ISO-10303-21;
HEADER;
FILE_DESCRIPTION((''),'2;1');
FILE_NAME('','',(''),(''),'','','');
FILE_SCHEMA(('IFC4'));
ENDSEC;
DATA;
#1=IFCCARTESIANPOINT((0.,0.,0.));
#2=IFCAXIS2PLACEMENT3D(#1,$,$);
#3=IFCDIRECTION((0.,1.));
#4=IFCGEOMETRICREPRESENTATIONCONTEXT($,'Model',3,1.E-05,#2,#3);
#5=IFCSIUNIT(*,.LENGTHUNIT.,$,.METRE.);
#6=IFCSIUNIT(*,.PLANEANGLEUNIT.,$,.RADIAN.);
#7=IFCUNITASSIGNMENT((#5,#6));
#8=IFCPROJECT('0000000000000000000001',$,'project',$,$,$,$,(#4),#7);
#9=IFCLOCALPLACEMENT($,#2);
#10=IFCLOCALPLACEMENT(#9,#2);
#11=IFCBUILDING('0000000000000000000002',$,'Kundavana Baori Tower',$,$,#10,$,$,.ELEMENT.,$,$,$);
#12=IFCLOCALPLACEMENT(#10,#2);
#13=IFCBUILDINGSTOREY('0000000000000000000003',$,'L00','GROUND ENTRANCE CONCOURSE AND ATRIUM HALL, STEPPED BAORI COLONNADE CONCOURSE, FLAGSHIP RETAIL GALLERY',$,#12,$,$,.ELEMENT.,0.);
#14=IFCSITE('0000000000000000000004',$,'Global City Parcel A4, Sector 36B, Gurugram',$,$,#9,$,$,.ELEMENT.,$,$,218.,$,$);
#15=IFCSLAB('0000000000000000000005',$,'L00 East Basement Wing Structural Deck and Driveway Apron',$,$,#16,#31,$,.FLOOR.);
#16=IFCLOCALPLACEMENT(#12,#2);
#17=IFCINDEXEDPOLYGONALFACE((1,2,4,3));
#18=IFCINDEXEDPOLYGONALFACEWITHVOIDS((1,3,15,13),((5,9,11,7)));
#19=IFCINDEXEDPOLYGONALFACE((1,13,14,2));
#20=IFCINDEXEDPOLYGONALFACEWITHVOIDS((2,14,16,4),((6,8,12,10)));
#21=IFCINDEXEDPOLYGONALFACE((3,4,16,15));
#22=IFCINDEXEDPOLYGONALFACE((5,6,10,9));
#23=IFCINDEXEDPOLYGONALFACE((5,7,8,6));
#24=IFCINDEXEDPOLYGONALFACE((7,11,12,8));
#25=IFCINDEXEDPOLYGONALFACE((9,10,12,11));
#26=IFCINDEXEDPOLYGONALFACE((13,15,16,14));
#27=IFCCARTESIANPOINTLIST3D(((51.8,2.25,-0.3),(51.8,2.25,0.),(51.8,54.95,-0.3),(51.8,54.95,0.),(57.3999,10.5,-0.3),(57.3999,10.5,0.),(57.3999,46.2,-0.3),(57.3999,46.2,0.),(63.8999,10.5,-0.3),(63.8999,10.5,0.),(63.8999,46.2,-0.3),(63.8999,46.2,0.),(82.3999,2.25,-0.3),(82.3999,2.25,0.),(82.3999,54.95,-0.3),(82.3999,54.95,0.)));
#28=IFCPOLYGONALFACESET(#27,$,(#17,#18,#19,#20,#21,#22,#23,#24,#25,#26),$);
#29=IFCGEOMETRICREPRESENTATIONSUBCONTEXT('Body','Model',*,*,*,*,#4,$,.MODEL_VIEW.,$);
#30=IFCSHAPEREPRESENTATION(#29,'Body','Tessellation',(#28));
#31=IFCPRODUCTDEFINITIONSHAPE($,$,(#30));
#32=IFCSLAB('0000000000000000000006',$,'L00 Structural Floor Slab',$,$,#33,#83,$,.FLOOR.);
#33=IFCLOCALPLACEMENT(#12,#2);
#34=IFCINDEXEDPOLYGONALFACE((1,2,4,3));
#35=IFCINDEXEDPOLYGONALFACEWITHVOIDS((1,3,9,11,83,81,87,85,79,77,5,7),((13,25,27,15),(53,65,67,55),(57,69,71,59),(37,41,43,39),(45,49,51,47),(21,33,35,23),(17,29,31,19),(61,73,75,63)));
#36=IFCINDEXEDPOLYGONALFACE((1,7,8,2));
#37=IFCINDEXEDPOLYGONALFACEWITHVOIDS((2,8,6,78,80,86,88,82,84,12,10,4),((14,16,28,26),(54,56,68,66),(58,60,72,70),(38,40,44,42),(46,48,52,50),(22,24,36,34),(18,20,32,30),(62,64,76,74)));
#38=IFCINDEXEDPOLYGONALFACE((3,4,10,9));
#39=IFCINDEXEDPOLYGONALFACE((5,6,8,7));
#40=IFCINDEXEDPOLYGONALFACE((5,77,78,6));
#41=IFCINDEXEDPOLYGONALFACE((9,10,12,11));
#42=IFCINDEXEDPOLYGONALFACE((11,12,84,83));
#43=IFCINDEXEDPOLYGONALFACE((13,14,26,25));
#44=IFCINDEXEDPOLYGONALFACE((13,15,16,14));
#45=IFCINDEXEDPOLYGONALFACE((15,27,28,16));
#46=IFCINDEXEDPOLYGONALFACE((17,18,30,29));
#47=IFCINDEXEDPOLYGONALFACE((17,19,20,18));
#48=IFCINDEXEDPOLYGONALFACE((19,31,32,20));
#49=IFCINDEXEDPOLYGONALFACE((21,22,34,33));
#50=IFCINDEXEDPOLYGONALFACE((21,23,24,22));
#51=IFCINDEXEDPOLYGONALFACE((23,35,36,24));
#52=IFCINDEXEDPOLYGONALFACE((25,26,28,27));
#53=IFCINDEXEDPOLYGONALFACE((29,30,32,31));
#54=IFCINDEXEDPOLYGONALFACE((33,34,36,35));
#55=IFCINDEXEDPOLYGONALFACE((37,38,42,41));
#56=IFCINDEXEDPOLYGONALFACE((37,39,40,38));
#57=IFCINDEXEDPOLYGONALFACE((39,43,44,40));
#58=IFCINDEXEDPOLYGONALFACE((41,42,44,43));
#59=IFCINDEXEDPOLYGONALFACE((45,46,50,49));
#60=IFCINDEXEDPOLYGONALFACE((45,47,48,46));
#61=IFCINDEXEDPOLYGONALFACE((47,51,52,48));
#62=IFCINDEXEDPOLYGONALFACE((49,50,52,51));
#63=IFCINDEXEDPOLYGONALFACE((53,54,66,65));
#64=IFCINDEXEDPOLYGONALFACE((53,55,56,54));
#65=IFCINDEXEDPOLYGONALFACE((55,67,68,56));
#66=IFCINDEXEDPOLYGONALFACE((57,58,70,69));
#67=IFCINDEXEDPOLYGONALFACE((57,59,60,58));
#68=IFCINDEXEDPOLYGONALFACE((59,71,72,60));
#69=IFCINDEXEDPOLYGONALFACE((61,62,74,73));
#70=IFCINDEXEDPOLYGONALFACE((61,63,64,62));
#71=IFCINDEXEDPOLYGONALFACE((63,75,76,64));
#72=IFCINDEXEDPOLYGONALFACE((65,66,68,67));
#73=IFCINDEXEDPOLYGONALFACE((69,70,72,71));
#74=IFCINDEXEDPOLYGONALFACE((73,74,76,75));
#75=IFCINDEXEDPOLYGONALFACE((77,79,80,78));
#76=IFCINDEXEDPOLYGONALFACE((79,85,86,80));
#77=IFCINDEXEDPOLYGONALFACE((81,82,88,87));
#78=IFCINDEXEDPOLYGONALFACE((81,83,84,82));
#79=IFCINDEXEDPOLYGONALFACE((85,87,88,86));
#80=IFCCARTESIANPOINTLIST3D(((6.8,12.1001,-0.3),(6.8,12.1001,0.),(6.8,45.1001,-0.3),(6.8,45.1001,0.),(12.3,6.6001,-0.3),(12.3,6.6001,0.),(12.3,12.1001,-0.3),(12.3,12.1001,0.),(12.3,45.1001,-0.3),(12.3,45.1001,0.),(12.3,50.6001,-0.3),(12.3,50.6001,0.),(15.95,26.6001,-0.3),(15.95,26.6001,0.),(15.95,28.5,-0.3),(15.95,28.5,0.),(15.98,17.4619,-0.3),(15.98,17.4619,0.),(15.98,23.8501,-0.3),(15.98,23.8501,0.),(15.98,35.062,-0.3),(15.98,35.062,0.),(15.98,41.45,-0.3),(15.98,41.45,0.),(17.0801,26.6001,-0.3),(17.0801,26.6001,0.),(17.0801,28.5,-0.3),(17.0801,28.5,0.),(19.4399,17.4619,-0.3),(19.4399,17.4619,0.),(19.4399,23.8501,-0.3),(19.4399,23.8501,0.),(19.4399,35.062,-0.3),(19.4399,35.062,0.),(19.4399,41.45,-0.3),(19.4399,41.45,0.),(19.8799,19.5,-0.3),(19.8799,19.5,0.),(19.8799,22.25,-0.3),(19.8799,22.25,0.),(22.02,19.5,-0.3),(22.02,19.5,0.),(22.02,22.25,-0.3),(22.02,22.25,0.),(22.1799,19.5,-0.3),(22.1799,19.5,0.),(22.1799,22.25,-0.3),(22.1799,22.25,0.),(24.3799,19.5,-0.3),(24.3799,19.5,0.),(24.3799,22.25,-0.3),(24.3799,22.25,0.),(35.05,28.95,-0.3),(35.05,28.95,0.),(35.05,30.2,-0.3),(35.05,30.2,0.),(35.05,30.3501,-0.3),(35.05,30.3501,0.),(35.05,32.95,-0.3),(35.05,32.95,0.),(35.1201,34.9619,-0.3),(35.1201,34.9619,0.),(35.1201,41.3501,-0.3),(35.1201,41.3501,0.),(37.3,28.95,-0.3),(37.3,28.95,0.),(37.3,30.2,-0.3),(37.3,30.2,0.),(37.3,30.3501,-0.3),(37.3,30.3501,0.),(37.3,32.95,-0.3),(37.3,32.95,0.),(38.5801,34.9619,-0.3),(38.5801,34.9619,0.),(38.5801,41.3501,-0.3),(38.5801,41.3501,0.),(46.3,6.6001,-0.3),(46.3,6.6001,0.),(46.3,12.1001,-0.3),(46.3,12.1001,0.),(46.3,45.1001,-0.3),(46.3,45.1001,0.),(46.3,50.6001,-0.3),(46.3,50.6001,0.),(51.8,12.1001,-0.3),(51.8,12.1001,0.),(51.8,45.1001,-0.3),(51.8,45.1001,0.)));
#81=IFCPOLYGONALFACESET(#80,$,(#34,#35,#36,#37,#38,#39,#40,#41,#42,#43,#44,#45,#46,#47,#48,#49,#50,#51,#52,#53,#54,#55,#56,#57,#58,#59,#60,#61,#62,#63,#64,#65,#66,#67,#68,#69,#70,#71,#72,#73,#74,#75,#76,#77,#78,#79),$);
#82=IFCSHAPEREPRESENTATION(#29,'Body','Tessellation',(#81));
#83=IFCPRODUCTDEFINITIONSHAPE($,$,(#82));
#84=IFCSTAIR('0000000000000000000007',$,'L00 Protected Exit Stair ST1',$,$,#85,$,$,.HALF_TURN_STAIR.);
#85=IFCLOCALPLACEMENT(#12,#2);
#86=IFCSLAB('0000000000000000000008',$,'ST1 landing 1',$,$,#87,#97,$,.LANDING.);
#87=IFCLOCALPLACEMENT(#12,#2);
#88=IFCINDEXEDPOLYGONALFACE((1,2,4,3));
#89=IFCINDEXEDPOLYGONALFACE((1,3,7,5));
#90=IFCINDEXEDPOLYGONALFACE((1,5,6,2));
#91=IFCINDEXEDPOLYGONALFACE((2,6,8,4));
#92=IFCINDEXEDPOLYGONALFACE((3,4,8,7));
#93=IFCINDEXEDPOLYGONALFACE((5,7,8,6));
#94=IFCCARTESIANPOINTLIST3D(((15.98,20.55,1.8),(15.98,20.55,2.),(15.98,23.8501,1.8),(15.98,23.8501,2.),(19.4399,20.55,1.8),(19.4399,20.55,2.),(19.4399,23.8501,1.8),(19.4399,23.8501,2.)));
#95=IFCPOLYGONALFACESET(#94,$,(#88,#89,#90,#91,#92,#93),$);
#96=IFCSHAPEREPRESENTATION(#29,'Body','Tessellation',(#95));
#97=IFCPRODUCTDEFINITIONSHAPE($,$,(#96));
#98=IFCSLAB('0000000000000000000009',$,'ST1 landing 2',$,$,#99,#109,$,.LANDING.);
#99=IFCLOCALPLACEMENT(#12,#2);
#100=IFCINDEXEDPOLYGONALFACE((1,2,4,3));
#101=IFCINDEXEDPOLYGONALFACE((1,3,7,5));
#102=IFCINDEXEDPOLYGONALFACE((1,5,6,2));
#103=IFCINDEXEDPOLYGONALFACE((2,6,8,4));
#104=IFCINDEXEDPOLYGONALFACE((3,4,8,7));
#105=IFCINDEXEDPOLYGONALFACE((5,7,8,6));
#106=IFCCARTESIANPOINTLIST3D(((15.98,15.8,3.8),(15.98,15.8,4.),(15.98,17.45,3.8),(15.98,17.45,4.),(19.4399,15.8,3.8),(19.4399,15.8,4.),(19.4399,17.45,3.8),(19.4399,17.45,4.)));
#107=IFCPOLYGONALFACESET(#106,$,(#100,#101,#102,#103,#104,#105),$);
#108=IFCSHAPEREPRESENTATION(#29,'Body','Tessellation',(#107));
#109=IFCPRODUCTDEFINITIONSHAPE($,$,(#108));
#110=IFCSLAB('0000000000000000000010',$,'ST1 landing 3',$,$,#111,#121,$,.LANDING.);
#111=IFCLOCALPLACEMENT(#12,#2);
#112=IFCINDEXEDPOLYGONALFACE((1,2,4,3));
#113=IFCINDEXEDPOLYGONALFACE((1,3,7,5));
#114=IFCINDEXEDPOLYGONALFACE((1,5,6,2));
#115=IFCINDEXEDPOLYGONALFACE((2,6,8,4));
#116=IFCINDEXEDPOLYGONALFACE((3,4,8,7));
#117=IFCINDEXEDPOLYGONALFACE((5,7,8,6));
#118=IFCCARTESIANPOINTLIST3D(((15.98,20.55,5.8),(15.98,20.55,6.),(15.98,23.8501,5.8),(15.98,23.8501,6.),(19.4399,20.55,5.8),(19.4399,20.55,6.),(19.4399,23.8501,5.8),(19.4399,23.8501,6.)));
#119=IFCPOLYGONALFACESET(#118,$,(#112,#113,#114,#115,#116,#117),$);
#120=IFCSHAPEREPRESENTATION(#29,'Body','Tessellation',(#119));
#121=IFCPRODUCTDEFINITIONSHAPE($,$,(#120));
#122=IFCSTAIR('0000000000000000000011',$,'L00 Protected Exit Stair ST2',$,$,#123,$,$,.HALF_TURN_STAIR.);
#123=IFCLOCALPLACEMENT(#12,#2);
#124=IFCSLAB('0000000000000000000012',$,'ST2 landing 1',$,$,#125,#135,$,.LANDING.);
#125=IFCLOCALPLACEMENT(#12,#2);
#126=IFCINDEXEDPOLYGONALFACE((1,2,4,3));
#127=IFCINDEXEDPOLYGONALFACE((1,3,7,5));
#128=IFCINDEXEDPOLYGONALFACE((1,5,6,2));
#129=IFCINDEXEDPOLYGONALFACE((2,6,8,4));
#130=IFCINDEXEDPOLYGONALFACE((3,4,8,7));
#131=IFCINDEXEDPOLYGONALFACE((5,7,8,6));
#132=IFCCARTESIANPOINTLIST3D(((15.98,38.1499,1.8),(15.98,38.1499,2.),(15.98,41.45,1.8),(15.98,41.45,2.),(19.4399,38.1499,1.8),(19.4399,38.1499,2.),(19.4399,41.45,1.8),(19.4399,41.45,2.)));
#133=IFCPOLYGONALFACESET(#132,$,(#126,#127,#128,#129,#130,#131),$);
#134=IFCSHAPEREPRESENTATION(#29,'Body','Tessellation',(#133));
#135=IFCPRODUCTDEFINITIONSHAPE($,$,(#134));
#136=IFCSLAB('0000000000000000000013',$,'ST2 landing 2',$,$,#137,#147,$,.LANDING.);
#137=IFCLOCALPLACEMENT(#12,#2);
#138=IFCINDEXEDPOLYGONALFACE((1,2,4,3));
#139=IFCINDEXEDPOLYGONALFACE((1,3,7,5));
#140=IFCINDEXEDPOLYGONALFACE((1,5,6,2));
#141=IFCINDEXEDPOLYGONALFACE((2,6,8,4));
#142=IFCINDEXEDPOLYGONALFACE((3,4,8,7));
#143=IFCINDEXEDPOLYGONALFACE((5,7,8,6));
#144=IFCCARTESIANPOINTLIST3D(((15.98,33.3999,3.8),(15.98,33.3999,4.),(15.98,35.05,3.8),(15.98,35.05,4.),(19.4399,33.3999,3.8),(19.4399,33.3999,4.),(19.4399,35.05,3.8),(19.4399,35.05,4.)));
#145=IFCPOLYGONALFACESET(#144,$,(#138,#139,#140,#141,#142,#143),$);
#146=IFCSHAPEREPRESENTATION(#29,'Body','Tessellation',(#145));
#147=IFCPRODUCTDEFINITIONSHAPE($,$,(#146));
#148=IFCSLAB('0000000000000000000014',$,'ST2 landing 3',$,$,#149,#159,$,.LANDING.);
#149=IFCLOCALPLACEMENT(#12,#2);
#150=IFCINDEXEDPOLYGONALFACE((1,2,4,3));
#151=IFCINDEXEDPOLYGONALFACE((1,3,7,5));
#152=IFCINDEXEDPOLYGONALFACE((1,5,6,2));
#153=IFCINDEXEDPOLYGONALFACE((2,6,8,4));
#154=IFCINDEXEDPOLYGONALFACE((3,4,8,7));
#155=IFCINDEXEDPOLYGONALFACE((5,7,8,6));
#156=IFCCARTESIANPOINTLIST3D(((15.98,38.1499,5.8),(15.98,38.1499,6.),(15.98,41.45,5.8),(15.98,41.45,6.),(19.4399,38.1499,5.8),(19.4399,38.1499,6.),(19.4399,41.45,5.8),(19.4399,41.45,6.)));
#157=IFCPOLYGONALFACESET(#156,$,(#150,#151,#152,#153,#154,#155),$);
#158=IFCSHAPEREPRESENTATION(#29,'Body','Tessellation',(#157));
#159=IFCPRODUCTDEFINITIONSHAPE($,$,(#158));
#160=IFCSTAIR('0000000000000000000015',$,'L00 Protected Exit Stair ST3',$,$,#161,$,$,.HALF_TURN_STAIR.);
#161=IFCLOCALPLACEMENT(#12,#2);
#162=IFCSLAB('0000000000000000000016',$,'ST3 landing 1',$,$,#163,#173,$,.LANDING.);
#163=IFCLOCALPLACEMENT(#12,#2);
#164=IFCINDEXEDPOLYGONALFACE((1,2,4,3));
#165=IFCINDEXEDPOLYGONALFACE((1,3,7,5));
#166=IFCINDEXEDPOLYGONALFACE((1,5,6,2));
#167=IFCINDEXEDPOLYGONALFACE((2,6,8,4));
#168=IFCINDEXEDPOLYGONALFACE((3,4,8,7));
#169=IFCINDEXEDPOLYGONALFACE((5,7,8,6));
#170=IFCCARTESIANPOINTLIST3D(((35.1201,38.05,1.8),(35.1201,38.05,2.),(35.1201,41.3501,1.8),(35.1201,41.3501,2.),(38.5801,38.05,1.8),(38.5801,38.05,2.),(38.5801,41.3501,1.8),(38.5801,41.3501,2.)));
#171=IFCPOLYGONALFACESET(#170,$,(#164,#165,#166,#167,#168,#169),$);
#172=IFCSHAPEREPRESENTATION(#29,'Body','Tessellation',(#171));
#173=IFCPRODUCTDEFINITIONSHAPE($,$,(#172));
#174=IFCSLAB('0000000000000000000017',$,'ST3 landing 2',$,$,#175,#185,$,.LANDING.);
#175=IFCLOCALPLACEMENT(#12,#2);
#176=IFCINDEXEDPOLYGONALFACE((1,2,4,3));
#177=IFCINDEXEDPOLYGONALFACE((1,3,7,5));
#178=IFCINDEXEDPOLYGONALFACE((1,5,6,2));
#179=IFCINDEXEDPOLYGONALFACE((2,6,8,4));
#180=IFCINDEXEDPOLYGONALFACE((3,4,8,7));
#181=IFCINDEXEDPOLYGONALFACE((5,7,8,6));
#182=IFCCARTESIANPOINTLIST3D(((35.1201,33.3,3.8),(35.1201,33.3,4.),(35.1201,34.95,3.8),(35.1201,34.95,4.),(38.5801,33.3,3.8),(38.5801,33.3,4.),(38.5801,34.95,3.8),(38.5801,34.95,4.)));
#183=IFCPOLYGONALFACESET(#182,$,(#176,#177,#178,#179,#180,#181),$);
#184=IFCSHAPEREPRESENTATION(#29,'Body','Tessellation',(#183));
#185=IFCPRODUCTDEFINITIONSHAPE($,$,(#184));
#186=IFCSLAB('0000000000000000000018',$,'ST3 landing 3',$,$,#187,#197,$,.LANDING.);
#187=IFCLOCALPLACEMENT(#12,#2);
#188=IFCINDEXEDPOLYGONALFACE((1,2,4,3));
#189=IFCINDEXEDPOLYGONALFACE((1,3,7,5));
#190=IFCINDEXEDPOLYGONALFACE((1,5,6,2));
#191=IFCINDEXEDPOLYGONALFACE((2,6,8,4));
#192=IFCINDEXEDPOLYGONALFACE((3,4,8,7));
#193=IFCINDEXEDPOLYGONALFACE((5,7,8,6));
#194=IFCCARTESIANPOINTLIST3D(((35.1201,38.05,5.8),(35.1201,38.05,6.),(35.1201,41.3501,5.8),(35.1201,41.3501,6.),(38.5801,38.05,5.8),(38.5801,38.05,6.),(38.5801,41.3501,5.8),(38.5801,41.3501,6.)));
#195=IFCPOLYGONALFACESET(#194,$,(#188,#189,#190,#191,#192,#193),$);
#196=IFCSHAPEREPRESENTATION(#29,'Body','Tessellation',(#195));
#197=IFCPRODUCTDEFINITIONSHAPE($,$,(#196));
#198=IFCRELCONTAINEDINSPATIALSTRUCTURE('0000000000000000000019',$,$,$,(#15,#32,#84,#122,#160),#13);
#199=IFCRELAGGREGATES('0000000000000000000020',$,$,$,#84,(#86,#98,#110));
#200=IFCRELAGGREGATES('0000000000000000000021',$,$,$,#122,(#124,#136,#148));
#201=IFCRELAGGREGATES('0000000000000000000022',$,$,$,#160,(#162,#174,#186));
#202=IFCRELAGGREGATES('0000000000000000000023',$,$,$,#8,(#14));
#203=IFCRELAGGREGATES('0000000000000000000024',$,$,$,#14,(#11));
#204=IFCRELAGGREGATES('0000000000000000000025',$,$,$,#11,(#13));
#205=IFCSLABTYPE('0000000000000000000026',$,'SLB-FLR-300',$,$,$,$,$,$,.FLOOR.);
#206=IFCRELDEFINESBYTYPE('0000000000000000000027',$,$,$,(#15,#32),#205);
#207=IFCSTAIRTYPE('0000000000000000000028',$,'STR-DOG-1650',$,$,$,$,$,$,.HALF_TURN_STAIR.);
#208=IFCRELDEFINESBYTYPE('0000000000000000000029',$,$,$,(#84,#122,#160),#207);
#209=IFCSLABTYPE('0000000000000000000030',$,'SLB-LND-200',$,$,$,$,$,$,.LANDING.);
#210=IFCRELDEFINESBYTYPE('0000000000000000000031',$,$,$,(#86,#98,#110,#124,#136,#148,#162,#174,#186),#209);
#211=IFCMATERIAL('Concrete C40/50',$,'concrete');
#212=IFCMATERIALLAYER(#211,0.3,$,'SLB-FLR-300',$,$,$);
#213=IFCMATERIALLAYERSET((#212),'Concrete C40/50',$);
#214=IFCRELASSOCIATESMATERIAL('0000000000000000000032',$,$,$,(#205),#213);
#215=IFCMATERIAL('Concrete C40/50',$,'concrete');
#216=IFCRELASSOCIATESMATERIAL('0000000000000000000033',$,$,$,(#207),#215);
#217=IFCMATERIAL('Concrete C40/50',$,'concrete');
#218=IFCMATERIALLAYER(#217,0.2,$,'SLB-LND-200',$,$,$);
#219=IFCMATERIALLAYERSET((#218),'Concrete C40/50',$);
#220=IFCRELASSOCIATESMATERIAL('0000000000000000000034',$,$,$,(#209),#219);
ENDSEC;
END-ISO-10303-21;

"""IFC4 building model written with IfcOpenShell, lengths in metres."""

from ifc_helpers import new_model, si_unit, direction, frame, origin, place, context, subcontext, project, spatial, polyline, outline, extrude, material, layer, layer_set, type_object, element, aggregate, save


model = new_model("IFC4")

# Units and contexts
model_context = context("Model", 3, precision=1e-05, world=origin(), true_north=direction((0.0, 1.0)))
body_context = subcontext(model_context, "Body", "Model", "MODEL_VIEW")
ifc_project = project(units=[si_unit("LENGTHUNIT", "METRE"), si_unit("PLANEANGLEUNIT", "RADIAN")], contexts=[model_context])

# Site, building, storey
site_placement = place(None, origin())
site = spatial("IfcSite", under=ifc_project, at=site_placement, Name="Global City Parcel A4, Sector 36B, Gurugram", CompositionType="ELEMENT", RefElevation=218.0)
building_placement = place(site_placement, origin())
building = spatial("IfcBuilding", under=site, at=building_placement, Name="Kundavana Baori Tower", CompositionType="ELEMENT")
storey_placement = place(building_placement, origin())
storey = spatial("IfcBuildingStorey", under=building, at=storey_placement, Name="L00", Description="GROUND ENTRANCE CONCOURSE AND ATRIUM HALL, STEPPED BAORI COLONNADE CONCOURSE, FLAGSHIP RETAIL GALLERY", CompositionType="ELEMENT", Elevation=0.0)

# Slabs
ifc_material_1 = material(Name="Concrete C40/50", Category="concrete")
ifc_layer_1 = layer(ifc_material_1, 0.3, Name="SLB-FLR-300")
ifc_layer_set_1 = layer_set([ifc_layer_1], Name="Concrete C40/50")
slab_type_1 = type_object("IfcSlabType", Name="SLB-FLR-300", PredefinedType="FLOOR", material=ifc_layer_set_1)
slab_1_placement = place(storey_placement, frame((0.0, 0.0, -0.3)))
element("IfcSlab", 1, at=slab_1_placement, inside=storey, type_object=slab_type_1, Name="L00 East Basement Wing Structural Deck and Driveway Apron", PredefinedType="FLOOR", context=body_context, shape_type="SweptSolid", body=[
    extrude(outline(polyline([(51.8, 2.25), (82.3999, 2.25), (82.3999, 54.95), (51.8, 54.95), (51.8, 2.25)]), holes=[polyline([(57.3999, 10.5), (63.8999, 10.5), (63.8999, 46.2), (57.3999, 46.2), (57.3999, 10.5)])]), origin(), (0.0, 0.0, 1.0), 0.3),
])
slab_2_placement = place(storey_placement, frame((0.0, 0.0, -0.3)))
element("IfcSlab", 2, at=slab_2_placement, inside=storey, type_object=slab_type_1, Name="L00 Structural Floor Slab", PredefinedType="FLOOR", context=body_context, shape_type="SweptSolid", body=[
    extrude(outline(polyline([(12.3, 6.6001), (46.3, 6.6001), (46.3, 12.1001), (51.8, 12.1001), (51.8, 45.1001), (46.3, 45.1001), (46.3, 50.6001), (12.3, 50.6001), (12.3, 45.1001), (6.8, 45.1001), (6.8, 12.1001), (12.3, 12.1001), (12.3, 6.6001)]), holes=[polyline([(19.4399, 17.4619), (19.4399, 23.8501), (15.98, 23.8501), (15.98, 17.4619), (19.4399, 17.4619)]), polyline([(19.4399, 35.062), (19.4399, 41.45), (15.98, 41.45), (15.98, 35.062), (19.4399, 35.062)]), polyline([(38.5801, 34.9619), (38.5801, 41.3501), (35.1201, 41.3501), (35.1201, 34.9619), (38.5801, 34.9619)]), polyline([(19.8799, 19.5), (22.02, 19.5), (22.02, 22.25), (19.8799, 22.25), (19.8799, 19.5)]), polyline([(22.1799, 19.5), (24.3799, 19.5), (24.3799, 22.25), (22.1799, 22.25), (22.1799, 19.5)]), polyline([(35.05, 30.3501), (37.3, 30.3501), (37.3, 32.95), (35.05, 32.95), (35.05, 30.3501)]), polyline([(15.95, 26.6001), (17.0801, 26.6001), (17.0801, 28.5), (15.95, 28.5), (15.95, 26.6001)]), polyline([(35.05, 28.95), (37.3, 28.95), (37.3, 30.2), (35.05, 30.2), (35.05, 28.95)])]), origin(), (0.0, 0.0, 1.0), 0.3),
])

# Stairs, slabs
ifc_material_2 = material(Name="Concrete C40/50", Category="concrete")
stair_type = type_object("IfcStairType", Name="STR-DOG-1650", PredefinedType="HALF_TURN_STAIR", material=ifc_material_2)
stair_1_placement = place(storey_placement, origin())
stair_1 = element("IfcStair", 3, at=stair_1_placement, inside=storey, type_object=stair_type, Name="L00 Protected Exit Stair ST1", PredefinedType="HALF_TURN_STAIR")
ifc_material_3 = material(Name="Concrete C40/50", Category="concrete")
ifc_layer_2 = layer(ifc_material_3, 0.2, Name="SLB-LND-200")
ifc_layer_set_2 = layer_set([ifc_layer_2], Name="Concrete C40/50")
slab_type_2 = type_object("IfcSlabType", Name="SLB-LND-200", PredefinedType="LANDING", material=ifc_layer_set_2)
slab_3_placement = place(storey_placement, frame((0.0, 0.0, 1.8)))
slab_3 = element("IfcSlab", 4, at=slab_3_placement, type_object=slab_type_2, Name="ST1 landing 1", PredefinedType="LANDING", context=body_context, shape_type="SweptSolid", body=[
    extrude(outline(polyline([(19.4399, 20.55), (19.4399, 23.8501), (15.98, 23.8501), (15.98, 20.55), (19.4399, 20.55)])), origin(), (0.0, 0.0, 1.0), 0.2),
])
slab_4_placement = place(storey_placement, frame((0.0, 0.0, 3.8)))
slab_4 = element("IfcSlab", 5, at=slab_4_placement, type_object=slab_type_2, Name="ST1 landing 2", PredefinedType="LANDING", context=body_context, shape_type="SweptSolid", body=[
    extrude(outline(polyline([(19.4399, 15.8), (19.4399, 17.45), (15.98, 17.45), (15.98, 15.8), (19.4399, 15.8)])), origin(), (0.0, 0.0, 1.0), 0.2),
])
slab_5_placement = place(storey_placement, frame((0.0, 0.0, 5.8)))
slab_5 = element("IfcSlab", 6, at=slab_5_placement, type_object=slab_type_2, Name="ST1 landing 3", PredefinedType="LANDING", context=body_context, shape_type="SweptSolid", body=[
    extrude(outline(polyline([(19.4399, 20.55), (19.4399, 23.8501), (15.98, 23.8501), (15.98, 20.55), (19.4399, 20.55)])), origin(), (0.0, 0.0, 1.0), 0.2),
])
aggregate(stair_1, [slab_3, slab_4, slab_5])
stair_2_placement = place(storey_placement, origin())
stair_2 = element("IfcStair", 7, at=stair_2_placement, inside=storey, type_object=stair_type, Name="L00 Protected Exit Stair ST2", PredefinedType="HALF_TURN_STAIR")
slab_6_placement = place(storey_placement, frame((0.0, 0.0, 1.8)))
slab_6 = element("IfcSlab", 8, at=slab_6_placement, type_object=slab_type_2, Name="ST2 landing 1", PredefinedType="LANDING", context=body_context, shape_type="SweptSolid", body=[
    extrude(outline(polyline([(19.4399, 38.1499), (19.4399, 41.45), (15.98, 41.45), (15.98, 38.1499), (19.4399, 38.1499)])), origin(), (0.0, 0.0, 1.0), 0.2),
])
slab_7_placement = place(storey_placement, frame((0.0, 0.0, 3.8)))
slab_7 = element("IfcSlab", 9, at=slab_7_placement, type_object=slab_type_2, Name="ST2 landing 2", PredefinedType="LANDING", context=body_context, shape_type="SweptSolid", body=[
    extrude(outline(polyline([(19.4399, 33.3999), (19.4399, 35.05), (15.98, 35.05), (15.98, 33.3999), (19.4399, 33.3999)])), origin(), (0.0, 0.0, 1.0), 0.2),
])
slab_8_placement = place(storey_placement, frame((0.0, 0.0, 5.8)))
slab_8 = element("IfcSlab", 10, at=slab_8_placement, type_object=slab_type_2, Name="ST2 landing 3", PredefinedType="LANDING", context=body_context, shape_type="SweptSolid", body=[
    extrude(outline(polyline([(19.4399, 38.1499), (19.4399, 41.45), (15.98, 41.45), (15.98, 38.1499), (19.4399, 38.1499)])), origin(), (0.0, 0.0, 1.0), 0.2),
])
aggregate(stair_2, [slab_6, slab_7, slab_8])
stair_3_placement = place(storey_placement, origin())
stair_3 = element("IfcStair", 11, at=stair_3_placement, inside=storey, type_object=stair_type, Name="L00 Protected Exit Stair ST3", PredefinedType="HALF_TURN_STAIR")
slab_9_placement = place(storey_placement, frame((0.0, 0.0, 1.8)))
slab_9 = element("IfcSlab", 12, at=slab_9_placement, type_object=slab_type_2, Name="ST3 landing 1", PredefinedType="LANDING", context=body_context, shape_type="SweptSolid", body=[
    extrude(outline(polyline([(38.5801, 38.05), (38.5801, 41.3501), (35.1201, 41.3501), (35.1201, 38.05), (38.5801, 38.05)])), origin(), (0.0, 0.0, 1.0), 0.2),
])
slab_10_placement = place(storey_placement, frame((0.0, 0.0, 3.8)))
slab_10 = element("IfcSlab", 13, at=slab_10_placement, type_object=slab_type_2, Name="ST3 landing 2", PredefinedType="LANDING", context=body_context, shape_type="SweptSolid", body=[
    extrude(outline(polyline([(38.5801, 33.3), (38.5801, 34.95), (35.1201, 34.95), (35.1201, 33.3), (38.5801, 33.3)])), origin(), (0.0, 0.0, 1.0), 0.2),
])
slab_11_placement = place(storey_placement, frame((0.0, 0.0, 5.8)))
slab_11 = element("IfcSlab", 14, at=slab_11_placement, type_object=slab_type_2, Name="ST3 landing 3", PredefinedType="LANDING", context=body_context, shape_type="SweptSolid", body=[
    extrude(outline(polyline([(38.5801, 38.05), (38.5801, 41.3501), (35.1201, 41.3501), (35.1201, 38.05), (38.5801, 38.05)])), origin(), (0.0, 0.0, 1.0), 0.2),
])
aggregate(stair_3, [slab_9, slab_10, slab_11])

save(model, "model.ifc")
